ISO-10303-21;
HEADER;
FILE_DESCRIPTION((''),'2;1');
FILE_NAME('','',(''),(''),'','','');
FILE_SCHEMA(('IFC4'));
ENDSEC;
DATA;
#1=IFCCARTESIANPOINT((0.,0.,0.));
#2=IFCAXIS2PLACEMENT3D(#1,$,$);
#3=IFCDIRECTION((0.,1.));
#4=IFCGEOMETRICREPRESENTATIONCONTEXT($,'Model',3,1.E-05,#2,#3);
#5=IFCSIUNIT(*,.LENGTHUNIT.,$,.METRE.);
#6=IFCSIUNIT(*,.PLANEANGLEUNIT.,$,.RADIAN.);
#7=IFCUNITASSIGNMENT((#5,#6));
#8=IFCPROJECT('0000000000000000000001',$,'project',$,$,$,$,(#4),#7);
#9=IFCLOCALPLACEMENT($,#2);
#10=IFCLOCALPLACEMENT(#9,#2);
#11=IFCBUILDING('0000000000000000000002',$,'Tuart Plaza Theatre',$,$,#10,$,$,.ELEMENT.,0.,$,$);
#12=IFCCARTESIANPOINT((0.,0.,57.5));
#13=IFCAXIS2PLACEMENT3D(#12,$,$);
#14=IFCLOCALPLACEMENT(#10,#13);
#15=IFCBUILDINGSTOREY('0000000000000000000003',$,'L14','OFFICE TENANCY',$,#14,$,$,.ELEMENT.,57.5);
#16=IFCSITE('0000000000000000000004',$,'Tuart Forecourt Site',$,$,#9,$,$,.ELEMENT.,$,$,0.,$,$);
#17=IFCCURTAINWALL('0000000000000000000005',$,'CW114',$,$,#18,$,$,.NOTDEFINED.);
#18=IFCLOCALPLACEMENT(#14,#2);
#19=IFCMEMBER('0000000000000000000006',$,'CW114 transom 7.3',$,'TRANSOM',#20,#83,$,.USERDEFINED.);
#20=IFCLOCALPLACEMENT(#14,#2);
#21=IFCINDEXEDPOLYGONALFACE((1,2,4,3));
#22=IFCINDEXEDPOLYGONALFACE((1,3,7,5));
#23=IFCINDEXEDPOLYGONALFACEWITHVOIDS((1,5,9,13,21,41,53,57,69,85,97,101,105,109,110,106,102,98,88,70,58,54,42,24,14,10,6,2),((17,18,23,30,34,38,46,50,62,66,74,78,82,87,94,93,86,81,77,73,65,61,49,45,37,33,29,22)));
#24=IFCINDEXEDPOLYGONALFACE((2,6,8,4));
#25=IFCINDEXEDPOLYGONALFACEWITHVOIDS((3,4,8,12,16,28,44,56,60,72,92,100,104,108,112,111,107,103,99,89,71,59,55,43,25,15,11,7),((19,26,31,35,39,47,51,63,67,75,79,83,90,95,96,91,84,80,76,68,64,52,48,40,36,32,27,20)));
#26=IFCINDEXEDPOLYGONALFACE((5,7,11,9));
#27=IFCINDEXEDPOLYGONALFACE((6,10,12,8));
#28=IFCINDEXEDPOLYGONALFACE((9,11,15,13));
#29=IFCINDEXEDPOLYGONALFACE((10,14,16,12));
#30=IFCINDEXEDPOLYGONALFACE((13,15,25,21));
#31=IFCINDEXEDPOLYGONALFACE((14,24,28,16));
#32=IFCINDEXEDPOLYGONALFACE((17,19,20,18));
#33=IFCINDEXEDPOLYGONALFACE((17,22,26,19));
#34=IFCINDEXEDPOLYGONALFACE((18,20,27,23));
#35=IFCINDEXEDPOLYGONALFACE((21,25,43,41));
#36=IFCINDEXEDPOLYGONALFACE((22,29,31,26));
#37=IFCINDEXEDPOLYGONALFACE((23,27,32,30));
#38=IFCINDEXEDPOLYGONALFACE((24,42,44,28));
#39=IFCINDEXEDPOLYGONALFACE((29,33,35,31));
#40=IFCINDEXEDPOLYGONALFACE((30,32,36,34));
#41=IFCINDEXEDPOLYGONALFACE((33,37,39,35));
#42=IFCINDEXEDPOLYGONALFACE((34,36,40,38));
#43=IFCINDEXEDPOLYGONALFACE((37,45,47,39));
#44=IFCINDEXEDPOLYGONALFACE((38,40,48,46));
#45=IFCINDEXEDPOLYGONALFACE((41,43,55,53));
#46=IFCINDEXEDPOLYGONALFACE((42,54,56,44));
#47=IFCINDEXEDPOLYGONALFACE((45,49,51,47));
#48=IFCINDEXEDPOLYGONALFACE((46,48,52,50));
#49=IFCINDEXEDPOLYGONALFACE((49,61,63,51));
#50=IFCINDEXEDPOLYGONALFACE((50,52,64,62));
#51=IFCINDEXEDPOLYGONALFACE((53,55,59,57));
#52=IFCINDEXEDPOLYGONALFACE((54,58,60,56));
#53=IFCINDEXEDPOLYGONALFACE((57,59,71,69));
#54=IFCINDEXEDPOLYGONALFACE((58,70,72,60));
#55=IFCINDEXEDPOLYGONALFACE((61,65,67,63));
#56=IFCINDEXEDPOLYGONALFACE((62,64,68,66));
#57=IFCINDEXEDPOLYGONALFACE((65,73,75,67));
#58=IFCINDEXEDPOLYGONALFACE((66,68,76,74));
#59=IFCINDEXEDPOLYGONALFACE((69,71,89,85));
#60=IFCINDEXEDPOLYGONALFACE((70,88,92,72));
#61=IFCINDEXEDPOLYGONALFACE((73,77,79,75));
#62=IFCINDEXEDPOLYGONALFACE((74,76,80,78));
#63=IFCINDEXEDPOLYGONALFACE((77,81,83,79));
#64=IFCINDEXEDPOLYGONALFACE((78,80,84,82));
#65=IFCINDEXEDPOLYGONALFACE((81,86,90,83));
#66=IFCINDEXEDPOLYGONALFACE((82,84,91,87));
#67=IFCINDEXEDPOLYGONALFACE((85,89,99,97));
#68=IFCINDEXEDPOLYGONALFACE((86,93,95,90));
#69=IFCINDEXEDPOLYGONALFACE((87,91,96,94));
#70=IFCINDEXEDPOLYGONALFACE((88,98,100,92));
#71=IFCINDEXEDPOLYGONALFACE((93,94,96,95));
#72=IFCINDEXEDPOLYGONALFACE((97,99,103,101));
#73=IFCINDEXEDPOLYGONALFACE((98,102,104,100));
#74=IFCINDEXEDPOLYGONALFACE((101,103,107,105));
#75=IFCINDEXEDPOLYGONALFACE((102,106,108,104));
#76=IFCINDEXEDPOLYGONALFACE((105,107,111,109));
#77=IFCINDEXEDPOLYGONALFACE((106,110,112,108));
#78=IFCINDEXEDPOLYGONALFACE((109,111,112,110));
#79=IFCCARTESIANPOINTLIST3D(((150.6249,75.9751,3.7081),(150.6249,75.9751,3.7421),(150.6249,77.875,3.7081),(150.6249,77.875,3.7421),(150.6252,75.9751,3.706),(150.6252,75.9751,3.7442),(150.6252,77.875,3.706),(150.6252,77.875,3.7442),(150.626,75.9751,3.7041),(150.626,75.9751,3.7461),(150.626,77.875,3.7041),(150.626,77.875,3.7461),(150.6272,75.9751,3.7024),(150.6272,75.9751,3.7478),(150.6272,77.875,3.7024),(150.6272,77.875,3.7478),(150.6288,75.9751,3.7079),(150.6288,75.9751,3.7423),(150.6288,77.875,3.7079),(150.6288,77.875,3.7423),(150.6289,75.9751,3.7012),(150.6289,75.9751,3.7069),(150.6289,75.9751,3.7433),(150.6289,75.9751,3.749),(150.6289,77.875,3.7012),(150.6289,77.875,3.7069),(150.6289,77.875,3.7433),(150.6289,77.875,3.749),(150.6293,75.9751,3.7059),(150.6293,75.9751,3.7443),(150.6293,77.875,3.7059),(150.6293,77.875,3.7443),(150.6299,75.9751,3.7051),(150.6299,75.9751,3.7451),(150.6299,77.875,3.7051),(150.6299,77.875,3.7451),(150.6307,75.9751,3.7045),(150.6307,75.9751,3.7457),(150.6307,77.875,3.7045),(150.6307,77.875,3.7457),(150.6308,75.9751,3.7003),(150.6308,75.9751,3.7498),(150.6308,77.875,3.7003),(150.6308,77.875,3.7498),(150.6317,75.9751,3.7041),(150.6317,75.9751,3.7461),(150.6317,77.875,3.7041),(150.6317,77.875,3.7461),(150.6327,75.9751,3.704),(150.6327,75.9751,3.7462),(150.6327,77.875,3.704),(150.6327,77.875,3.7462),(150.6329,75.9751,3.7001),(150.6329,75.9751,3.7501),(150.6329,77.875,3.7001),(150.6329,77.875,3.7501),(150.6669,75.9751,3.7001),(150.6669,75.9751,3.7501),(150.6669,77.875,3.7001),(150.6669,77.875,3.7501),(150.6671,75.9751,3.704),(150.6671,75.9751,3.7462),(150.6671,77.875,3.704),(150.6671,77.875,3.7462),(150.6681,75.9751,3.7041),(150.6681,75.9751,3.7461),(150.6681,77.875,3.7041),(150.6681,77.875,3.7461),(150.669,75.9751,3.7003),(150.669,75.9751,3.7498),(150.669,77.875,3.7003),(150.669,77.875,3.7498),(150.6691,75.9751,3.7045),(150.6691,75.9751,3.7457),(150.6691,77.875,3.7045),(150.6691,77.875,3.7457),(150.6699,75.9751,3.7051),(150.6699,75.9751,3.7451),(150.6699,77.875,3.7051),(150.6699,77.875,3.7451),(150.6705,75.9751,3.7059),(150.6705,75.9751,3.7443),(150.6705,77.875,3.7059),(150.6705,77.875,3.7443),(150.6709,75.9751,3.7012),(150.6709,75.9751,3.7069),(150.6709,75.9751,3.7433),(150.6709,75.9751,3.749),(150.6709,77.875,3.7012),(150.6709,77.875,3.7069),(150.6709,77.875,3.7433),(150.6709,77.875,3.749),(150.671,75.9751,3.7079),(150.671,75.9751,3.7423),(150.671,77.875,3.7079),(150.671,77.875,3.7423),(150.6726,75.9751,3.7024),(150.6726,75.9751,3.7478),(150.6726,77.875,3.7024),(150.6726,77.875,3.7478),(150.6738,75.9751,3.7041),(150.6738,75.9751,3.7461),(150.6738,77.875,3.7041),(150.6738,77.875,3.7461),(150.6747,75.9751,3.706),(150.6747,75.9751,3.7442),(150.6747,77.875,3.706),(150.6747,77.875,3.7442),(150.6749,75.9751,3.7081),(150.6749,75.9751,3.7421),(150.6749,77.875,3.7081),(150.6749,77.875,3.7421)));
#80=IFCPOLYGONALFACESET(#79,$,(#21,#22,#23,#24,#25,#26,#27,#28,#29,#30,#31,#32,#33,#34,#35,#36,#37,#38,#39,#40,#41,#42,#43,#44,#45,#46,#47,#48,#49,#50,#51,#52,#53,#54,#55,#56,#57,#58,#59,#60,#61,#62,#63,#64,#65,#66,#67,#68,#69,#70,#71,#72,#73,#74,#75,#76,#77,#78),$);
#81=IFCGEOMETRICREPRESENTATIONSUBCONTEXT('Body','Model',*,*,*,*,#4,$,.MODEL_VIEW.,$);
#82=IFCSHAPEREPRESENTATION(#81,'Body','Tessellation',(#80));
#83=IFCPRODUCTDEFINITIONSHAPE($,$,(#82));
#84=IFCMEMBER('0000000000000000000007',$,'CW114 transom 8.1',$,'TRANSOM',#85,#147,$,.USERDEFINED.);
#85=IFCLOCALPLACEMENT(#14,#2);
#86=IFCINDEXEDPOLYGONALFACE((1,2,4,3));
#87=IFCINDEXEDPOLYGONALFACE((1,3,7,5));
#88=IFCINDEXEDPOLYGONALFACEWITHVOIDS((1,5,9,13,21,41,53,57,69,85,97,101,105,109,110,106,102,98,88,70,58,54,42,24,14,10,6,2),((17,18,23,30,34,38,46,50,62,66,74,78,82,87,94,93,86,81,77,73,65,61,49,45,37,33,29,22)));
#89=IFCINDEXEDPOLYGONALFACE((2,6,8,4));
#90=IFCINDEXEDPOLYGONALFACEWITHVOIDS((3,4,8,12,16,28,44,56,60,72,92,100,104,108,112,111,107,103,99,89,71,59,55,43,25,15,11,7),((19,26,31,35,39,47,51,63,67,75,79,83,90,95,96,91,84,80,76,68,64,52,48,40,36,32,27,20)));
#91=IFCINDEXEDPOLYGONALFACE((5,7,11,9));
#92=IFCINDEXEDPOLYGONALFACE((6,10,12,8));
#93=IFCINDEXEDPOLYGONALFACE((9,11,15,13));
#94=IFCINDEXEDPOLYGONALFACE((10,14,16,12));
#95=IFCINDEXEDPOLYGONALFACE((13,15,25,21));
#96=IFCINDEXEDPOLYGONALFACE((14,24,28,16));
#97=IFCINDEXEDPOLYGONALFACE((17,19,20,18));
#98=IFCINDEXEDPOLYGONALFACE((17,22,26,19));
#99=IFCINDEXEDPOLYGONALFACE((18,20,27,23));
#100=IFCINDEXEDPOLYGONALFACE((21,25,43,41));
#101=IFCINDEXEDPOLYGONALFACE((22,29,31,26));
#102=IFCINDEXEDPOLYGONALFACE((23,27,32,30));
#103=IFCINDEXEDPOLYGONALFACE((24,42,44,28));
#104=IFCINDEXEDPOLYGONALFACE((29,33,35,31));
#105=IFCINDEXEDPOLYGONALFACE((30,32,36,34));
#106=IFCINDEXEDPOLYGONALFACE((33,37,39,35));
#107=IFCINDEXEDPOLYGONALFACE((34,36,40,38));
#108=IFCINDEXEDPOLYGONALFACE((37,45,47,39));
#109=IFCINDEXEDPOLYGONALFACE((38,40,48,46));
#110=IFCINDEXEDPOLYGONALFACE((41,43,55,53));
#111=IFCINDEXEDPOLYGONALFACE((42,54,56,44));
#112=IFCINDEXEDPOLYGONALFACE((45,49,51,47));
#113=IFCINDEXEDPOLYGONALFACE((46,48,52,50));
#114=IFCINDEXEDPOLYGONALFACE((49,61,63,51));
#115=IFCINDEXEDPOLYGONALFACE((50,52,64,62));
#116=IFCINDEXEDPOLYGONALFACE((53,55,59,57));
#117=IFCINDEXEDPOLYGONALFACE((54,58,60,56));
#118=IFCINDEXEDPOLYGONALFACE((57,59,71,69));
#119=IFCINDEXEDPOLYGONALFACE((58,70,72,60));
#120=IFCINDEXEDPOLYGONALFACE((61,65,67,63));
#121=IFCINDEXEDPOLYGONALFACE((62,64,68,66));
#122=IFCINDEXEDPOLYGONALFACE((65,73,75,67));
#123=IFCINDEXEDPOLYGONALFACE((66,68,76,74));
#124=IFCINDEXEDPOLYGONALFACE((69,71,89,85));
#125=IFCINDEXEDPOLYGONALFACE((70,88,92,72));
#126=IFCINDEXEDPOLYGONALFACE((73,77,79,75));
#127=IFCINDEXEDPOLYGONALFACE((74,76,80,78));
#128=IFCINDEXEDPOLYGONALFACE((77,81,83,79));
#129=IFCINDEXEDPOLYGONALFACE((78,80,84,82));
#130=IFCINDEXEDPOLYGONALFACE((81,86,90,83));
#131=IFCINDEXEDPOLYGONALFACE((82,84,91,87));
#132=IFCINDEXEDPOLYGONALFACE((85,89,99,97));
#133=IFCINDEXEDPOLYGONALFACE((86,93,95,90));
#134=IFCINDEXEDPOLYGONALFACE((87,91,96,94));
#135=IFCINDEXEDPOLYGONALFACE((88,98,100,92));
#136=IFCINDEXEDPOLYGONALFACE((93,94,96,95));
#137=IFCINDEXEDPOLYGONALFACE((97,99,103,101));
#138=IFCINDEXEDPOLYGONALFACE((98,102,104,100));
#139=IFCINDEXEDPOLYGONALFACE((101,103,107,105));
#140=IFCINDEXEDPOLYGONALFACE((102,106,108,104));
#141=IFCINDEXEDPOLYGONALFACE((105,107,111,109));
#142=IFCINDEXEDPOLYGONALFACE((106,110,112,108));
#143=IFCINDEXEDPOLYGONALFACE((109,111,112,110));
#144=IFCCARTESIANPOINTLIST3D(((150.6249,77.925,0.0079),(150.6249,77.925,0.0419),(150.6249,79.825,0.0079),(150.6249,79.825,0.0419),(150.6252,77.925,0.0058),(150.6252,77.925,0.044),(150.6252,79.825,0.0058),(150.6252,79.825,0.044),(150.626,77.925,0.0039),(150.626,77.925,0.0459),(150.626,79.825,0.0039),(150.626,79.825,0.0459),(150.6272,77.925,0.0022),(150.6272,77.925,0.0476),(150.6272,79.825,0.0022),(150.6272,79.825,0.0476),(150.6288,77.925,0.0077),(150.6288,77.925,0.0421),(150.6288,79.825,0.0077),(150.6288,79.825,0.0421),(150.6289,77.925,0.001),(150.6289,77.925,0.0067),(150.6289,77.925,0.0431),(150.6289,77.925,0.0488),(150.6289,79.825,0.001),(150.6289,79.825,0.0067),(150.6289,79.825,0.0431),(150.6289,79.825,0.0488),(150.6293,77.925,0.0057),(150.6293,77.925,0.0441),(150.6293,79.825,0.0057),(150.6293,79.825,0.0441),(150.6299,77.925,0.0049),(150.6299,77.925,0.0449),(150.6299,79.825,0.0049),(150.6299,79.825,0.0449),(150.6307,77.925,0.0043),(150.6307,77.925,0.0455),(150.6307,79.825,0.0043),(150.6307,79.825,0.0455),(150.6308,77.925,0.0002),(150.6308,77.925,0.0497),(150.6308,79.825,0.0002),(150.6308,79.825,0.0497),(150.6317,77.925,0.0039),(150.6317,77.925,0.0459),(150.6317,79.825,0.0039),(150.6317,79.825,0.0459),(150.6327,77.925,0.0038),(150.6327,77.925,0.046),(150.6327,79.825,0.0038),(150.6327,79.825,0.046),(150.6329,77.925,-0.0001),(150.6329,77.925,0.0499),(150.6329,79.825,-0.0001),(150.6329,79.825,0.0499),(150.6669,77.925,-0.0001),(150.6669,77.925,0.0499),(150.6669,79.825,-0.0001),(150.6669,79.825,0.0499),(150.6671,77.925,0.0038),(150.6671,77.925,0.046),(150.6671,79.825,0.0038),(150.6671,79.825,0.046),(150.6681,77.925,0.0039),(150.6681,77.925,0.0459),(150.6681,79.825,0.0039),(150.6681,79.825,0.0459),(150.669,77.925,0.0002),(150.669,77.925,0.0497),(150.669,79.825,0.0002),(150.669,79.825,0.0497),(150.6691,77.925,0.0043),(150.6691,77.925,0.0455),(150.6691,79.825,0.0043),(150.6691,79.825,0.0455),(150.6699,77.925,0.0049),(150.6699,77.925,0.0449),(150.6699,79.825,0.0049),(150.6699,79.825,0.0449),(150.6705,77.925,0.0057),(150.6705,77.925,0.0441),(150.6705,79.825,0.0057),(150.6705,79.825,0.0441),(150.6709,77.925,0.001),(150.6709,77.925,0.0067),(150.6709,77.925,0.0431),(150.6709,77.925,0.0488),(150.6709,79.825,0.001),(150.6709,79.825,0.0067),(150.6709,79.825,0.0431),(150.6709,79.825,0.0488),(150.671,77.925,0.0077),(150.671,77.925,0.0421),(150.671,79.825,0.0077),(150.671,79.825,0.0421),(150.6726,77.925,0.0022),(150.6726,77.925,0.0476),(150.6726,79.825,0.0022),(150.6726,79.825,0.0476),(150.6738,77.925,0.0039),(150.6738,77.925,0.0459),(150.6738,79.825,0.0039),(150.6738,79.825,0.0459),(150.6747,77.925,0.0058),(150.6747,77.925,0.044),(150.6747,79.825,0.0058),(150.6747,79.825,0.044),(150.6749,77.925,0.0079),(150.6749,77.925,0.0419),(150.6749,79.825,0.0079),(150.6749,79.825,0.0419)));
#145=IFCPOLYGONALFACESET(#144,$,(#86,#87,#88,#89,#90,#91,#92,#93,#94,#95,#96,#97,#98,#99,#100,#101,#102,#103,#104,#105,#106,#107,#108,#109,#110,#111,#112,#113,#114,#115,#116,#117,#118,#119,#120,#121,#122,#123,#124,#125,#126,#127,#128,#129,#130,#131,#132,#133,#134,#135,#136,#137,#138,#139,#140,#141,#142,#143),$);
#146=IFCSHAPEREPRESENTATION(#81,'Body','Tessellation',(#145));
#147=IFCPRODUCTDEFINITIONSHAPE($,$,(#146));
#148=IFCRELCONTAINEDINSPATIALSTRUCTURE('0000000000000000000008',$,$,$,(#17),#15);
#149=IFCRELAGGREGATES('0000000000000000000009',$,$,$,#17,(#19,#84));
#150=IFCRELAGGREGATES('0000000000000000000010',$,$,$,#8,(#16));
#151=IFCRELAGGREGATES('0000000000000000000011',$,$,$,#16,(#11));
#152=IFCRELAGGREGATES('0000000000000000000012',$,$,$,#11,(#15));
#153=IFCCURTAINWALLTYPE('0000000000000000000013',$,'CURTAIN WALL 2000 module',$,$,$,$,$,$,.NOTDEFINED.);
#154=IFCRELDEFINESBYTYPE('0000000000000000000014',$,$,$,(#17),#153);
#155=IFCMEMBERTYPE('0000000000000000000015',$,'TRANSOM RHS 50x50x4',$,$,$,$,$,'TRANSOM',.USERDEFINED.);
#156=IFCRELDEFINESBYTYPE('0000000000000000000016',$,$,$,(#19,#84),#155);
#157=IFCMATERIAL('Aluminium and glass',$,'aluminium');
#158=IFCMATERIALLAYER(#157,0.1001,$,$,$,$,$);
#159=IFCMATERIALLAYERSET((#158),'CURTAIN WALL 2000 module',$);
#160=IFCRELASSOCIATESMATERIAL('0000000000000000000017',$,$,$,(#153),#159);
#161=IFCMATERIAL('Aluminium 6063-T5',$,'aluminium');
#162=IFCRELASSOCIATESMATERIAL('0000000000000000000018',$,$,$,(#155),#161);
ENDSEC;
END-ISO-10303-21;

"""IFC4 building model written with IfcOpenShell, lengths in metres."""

from ifc_helpers import new_model, si_unit, direction, frame, origin, origin_2d, place, context, subcontext, project, spatial, hollow_rectangle, extrude, material, layer, layer_set, material_profile, profile_set, type_object, element, aggregate, save


model = new_model("IFC4")

# Units and contexts
model_context = context("Model", 3, precision=1e-05, world=origin(), true_north=direction((0.0, 1.0)))
body_context = subcontext(model_context, "Body", "Model", "MODEL_VIEW")
ifc_project = project(units=[si_unit("LENGTHUNIT", "METRE"), si_unit("PLANEANGLEUNIT", "RADIAN")], contexts=[model_context])

# Site, building, storey
site_placement = place(None, origin())
site = spatial("IfcSite", under=ifc_project, at=site_placement, Name="Tuart Forecourt Site", CompositionType="ELEMENT", RefElevation=0.0)
building_placement = place(site_placement, origin())
building = spatial("IfcBuilding", under=site, at=building_placement, Name="Tuart Plaza Theatre", CompositionType="ELEMENT", ElevationOfRefHeight=0.0)
storey_placement = place(building_placement, frame((0.0, 0.0, 57.5)))
storey = spatial("IfcBuildingStorey", under=building, at=storey_placement, Name="L14", Description="OFFICE TENANCY", CompositionType="ELEMENT", Elevation=57.5)

# Curtain wall, members
ifc_material_1 = material(Name="Aluminium and glass", Category="aluminium")
ifc_layer_1 = layer(ifc_material_1, 0.1001)
ifc_layer_set_1 = layer_set([ifc_layer_1], Name="CURTAIN WALL 2000 module")
curtain_wall_type = type_object("IfcCurtainWallType", Name="CURTAIN WALL 2000 module", PredefinedType="NOTDEFINED", material=ifc_layer_set_1)
curtain_wall_placement = place(storey_placement, origin())
curtain_wall = element("IfcCurtainWall", 1, at=curtain_wall_placement, inside=storey, type_object=curtain_wall_type, Name="CW114", PredefinedType="NOTDEFINED")
ifc_material_2 = material(Name="Aluminium 6063-T5", Category="aluminium")
ifc_material_profile_1 = material_profile(ifc_material_2, hollow_rectangle(XDim=0.05, YDim=0.05, WallThickness=0.0039, InnerFilletRadius=0.0039, OuterFilletRadius=0.0081, at=origin_2d()), Name="RHS 50x50x4")
ifc_profile_set_1 = profile_set([ifc_material_profile_1], Name="Aluminium 6063-T5")
member_type_1 = type_object("IfcMemberType", Name="TRANSOM RHS 50x50x4", ElementType="TRANSOM", PredefinedType="USERDEFINED", material=ifc_profile_set_1)
member_1_placement = place(storey_placement, frame((150.6499, 75.9751, 3.7251), z_axis=(0.0, 1.0, 0.0), x_axis=(-1.0, 0.0, 0.0)))
member_1 = element("IfcMember", 2, at=member_1_placement, type_object=member_type_1, Name="CW114 transom 7.3", ObjectType="TRANSOM", PredefinedType="USERDEFINED", context=body_context, shape_type="SweptSolid", body=[
    extrude(hollow_rectangle(XDim=0.05, YDim=0.05, WallThickness=0.0039, InnerFilletRadius=0.0039, OuterFilletRadius=0.0081, at=origin_2d()), origin(), (0.0, 0.0, 1.0), 1.8999),
])
member_2_placement = place(storey_placement, frame((150.6499, 77.925, 0.0249), z_axis=(0.0, 1.0, 0.0), x_axis=(-1.0, 0.0, 0.0)))
member_2 = element("IfcMember", 3, at=member_2_placement, type_object=member_type_1, Name="CW114 transom 8.1", ObjectType="TRANSOM", PredefinedType="USERDEFINED", context=body_context, shape_type="SweptSolid", body=[
    extrude(hollow_rectangle(XDim=0.05, YDim=0.05, WallThickness=0.0039, InnerFilletRadius=0.0039, OuterFilletRadius=0.0081, at=origin_2d()), origin(), (0.0, 0.0, 1.0), 1.8999),
])
aggregate(curtain_wall, [member_1, member_2])

save(model, "model.ifc")
